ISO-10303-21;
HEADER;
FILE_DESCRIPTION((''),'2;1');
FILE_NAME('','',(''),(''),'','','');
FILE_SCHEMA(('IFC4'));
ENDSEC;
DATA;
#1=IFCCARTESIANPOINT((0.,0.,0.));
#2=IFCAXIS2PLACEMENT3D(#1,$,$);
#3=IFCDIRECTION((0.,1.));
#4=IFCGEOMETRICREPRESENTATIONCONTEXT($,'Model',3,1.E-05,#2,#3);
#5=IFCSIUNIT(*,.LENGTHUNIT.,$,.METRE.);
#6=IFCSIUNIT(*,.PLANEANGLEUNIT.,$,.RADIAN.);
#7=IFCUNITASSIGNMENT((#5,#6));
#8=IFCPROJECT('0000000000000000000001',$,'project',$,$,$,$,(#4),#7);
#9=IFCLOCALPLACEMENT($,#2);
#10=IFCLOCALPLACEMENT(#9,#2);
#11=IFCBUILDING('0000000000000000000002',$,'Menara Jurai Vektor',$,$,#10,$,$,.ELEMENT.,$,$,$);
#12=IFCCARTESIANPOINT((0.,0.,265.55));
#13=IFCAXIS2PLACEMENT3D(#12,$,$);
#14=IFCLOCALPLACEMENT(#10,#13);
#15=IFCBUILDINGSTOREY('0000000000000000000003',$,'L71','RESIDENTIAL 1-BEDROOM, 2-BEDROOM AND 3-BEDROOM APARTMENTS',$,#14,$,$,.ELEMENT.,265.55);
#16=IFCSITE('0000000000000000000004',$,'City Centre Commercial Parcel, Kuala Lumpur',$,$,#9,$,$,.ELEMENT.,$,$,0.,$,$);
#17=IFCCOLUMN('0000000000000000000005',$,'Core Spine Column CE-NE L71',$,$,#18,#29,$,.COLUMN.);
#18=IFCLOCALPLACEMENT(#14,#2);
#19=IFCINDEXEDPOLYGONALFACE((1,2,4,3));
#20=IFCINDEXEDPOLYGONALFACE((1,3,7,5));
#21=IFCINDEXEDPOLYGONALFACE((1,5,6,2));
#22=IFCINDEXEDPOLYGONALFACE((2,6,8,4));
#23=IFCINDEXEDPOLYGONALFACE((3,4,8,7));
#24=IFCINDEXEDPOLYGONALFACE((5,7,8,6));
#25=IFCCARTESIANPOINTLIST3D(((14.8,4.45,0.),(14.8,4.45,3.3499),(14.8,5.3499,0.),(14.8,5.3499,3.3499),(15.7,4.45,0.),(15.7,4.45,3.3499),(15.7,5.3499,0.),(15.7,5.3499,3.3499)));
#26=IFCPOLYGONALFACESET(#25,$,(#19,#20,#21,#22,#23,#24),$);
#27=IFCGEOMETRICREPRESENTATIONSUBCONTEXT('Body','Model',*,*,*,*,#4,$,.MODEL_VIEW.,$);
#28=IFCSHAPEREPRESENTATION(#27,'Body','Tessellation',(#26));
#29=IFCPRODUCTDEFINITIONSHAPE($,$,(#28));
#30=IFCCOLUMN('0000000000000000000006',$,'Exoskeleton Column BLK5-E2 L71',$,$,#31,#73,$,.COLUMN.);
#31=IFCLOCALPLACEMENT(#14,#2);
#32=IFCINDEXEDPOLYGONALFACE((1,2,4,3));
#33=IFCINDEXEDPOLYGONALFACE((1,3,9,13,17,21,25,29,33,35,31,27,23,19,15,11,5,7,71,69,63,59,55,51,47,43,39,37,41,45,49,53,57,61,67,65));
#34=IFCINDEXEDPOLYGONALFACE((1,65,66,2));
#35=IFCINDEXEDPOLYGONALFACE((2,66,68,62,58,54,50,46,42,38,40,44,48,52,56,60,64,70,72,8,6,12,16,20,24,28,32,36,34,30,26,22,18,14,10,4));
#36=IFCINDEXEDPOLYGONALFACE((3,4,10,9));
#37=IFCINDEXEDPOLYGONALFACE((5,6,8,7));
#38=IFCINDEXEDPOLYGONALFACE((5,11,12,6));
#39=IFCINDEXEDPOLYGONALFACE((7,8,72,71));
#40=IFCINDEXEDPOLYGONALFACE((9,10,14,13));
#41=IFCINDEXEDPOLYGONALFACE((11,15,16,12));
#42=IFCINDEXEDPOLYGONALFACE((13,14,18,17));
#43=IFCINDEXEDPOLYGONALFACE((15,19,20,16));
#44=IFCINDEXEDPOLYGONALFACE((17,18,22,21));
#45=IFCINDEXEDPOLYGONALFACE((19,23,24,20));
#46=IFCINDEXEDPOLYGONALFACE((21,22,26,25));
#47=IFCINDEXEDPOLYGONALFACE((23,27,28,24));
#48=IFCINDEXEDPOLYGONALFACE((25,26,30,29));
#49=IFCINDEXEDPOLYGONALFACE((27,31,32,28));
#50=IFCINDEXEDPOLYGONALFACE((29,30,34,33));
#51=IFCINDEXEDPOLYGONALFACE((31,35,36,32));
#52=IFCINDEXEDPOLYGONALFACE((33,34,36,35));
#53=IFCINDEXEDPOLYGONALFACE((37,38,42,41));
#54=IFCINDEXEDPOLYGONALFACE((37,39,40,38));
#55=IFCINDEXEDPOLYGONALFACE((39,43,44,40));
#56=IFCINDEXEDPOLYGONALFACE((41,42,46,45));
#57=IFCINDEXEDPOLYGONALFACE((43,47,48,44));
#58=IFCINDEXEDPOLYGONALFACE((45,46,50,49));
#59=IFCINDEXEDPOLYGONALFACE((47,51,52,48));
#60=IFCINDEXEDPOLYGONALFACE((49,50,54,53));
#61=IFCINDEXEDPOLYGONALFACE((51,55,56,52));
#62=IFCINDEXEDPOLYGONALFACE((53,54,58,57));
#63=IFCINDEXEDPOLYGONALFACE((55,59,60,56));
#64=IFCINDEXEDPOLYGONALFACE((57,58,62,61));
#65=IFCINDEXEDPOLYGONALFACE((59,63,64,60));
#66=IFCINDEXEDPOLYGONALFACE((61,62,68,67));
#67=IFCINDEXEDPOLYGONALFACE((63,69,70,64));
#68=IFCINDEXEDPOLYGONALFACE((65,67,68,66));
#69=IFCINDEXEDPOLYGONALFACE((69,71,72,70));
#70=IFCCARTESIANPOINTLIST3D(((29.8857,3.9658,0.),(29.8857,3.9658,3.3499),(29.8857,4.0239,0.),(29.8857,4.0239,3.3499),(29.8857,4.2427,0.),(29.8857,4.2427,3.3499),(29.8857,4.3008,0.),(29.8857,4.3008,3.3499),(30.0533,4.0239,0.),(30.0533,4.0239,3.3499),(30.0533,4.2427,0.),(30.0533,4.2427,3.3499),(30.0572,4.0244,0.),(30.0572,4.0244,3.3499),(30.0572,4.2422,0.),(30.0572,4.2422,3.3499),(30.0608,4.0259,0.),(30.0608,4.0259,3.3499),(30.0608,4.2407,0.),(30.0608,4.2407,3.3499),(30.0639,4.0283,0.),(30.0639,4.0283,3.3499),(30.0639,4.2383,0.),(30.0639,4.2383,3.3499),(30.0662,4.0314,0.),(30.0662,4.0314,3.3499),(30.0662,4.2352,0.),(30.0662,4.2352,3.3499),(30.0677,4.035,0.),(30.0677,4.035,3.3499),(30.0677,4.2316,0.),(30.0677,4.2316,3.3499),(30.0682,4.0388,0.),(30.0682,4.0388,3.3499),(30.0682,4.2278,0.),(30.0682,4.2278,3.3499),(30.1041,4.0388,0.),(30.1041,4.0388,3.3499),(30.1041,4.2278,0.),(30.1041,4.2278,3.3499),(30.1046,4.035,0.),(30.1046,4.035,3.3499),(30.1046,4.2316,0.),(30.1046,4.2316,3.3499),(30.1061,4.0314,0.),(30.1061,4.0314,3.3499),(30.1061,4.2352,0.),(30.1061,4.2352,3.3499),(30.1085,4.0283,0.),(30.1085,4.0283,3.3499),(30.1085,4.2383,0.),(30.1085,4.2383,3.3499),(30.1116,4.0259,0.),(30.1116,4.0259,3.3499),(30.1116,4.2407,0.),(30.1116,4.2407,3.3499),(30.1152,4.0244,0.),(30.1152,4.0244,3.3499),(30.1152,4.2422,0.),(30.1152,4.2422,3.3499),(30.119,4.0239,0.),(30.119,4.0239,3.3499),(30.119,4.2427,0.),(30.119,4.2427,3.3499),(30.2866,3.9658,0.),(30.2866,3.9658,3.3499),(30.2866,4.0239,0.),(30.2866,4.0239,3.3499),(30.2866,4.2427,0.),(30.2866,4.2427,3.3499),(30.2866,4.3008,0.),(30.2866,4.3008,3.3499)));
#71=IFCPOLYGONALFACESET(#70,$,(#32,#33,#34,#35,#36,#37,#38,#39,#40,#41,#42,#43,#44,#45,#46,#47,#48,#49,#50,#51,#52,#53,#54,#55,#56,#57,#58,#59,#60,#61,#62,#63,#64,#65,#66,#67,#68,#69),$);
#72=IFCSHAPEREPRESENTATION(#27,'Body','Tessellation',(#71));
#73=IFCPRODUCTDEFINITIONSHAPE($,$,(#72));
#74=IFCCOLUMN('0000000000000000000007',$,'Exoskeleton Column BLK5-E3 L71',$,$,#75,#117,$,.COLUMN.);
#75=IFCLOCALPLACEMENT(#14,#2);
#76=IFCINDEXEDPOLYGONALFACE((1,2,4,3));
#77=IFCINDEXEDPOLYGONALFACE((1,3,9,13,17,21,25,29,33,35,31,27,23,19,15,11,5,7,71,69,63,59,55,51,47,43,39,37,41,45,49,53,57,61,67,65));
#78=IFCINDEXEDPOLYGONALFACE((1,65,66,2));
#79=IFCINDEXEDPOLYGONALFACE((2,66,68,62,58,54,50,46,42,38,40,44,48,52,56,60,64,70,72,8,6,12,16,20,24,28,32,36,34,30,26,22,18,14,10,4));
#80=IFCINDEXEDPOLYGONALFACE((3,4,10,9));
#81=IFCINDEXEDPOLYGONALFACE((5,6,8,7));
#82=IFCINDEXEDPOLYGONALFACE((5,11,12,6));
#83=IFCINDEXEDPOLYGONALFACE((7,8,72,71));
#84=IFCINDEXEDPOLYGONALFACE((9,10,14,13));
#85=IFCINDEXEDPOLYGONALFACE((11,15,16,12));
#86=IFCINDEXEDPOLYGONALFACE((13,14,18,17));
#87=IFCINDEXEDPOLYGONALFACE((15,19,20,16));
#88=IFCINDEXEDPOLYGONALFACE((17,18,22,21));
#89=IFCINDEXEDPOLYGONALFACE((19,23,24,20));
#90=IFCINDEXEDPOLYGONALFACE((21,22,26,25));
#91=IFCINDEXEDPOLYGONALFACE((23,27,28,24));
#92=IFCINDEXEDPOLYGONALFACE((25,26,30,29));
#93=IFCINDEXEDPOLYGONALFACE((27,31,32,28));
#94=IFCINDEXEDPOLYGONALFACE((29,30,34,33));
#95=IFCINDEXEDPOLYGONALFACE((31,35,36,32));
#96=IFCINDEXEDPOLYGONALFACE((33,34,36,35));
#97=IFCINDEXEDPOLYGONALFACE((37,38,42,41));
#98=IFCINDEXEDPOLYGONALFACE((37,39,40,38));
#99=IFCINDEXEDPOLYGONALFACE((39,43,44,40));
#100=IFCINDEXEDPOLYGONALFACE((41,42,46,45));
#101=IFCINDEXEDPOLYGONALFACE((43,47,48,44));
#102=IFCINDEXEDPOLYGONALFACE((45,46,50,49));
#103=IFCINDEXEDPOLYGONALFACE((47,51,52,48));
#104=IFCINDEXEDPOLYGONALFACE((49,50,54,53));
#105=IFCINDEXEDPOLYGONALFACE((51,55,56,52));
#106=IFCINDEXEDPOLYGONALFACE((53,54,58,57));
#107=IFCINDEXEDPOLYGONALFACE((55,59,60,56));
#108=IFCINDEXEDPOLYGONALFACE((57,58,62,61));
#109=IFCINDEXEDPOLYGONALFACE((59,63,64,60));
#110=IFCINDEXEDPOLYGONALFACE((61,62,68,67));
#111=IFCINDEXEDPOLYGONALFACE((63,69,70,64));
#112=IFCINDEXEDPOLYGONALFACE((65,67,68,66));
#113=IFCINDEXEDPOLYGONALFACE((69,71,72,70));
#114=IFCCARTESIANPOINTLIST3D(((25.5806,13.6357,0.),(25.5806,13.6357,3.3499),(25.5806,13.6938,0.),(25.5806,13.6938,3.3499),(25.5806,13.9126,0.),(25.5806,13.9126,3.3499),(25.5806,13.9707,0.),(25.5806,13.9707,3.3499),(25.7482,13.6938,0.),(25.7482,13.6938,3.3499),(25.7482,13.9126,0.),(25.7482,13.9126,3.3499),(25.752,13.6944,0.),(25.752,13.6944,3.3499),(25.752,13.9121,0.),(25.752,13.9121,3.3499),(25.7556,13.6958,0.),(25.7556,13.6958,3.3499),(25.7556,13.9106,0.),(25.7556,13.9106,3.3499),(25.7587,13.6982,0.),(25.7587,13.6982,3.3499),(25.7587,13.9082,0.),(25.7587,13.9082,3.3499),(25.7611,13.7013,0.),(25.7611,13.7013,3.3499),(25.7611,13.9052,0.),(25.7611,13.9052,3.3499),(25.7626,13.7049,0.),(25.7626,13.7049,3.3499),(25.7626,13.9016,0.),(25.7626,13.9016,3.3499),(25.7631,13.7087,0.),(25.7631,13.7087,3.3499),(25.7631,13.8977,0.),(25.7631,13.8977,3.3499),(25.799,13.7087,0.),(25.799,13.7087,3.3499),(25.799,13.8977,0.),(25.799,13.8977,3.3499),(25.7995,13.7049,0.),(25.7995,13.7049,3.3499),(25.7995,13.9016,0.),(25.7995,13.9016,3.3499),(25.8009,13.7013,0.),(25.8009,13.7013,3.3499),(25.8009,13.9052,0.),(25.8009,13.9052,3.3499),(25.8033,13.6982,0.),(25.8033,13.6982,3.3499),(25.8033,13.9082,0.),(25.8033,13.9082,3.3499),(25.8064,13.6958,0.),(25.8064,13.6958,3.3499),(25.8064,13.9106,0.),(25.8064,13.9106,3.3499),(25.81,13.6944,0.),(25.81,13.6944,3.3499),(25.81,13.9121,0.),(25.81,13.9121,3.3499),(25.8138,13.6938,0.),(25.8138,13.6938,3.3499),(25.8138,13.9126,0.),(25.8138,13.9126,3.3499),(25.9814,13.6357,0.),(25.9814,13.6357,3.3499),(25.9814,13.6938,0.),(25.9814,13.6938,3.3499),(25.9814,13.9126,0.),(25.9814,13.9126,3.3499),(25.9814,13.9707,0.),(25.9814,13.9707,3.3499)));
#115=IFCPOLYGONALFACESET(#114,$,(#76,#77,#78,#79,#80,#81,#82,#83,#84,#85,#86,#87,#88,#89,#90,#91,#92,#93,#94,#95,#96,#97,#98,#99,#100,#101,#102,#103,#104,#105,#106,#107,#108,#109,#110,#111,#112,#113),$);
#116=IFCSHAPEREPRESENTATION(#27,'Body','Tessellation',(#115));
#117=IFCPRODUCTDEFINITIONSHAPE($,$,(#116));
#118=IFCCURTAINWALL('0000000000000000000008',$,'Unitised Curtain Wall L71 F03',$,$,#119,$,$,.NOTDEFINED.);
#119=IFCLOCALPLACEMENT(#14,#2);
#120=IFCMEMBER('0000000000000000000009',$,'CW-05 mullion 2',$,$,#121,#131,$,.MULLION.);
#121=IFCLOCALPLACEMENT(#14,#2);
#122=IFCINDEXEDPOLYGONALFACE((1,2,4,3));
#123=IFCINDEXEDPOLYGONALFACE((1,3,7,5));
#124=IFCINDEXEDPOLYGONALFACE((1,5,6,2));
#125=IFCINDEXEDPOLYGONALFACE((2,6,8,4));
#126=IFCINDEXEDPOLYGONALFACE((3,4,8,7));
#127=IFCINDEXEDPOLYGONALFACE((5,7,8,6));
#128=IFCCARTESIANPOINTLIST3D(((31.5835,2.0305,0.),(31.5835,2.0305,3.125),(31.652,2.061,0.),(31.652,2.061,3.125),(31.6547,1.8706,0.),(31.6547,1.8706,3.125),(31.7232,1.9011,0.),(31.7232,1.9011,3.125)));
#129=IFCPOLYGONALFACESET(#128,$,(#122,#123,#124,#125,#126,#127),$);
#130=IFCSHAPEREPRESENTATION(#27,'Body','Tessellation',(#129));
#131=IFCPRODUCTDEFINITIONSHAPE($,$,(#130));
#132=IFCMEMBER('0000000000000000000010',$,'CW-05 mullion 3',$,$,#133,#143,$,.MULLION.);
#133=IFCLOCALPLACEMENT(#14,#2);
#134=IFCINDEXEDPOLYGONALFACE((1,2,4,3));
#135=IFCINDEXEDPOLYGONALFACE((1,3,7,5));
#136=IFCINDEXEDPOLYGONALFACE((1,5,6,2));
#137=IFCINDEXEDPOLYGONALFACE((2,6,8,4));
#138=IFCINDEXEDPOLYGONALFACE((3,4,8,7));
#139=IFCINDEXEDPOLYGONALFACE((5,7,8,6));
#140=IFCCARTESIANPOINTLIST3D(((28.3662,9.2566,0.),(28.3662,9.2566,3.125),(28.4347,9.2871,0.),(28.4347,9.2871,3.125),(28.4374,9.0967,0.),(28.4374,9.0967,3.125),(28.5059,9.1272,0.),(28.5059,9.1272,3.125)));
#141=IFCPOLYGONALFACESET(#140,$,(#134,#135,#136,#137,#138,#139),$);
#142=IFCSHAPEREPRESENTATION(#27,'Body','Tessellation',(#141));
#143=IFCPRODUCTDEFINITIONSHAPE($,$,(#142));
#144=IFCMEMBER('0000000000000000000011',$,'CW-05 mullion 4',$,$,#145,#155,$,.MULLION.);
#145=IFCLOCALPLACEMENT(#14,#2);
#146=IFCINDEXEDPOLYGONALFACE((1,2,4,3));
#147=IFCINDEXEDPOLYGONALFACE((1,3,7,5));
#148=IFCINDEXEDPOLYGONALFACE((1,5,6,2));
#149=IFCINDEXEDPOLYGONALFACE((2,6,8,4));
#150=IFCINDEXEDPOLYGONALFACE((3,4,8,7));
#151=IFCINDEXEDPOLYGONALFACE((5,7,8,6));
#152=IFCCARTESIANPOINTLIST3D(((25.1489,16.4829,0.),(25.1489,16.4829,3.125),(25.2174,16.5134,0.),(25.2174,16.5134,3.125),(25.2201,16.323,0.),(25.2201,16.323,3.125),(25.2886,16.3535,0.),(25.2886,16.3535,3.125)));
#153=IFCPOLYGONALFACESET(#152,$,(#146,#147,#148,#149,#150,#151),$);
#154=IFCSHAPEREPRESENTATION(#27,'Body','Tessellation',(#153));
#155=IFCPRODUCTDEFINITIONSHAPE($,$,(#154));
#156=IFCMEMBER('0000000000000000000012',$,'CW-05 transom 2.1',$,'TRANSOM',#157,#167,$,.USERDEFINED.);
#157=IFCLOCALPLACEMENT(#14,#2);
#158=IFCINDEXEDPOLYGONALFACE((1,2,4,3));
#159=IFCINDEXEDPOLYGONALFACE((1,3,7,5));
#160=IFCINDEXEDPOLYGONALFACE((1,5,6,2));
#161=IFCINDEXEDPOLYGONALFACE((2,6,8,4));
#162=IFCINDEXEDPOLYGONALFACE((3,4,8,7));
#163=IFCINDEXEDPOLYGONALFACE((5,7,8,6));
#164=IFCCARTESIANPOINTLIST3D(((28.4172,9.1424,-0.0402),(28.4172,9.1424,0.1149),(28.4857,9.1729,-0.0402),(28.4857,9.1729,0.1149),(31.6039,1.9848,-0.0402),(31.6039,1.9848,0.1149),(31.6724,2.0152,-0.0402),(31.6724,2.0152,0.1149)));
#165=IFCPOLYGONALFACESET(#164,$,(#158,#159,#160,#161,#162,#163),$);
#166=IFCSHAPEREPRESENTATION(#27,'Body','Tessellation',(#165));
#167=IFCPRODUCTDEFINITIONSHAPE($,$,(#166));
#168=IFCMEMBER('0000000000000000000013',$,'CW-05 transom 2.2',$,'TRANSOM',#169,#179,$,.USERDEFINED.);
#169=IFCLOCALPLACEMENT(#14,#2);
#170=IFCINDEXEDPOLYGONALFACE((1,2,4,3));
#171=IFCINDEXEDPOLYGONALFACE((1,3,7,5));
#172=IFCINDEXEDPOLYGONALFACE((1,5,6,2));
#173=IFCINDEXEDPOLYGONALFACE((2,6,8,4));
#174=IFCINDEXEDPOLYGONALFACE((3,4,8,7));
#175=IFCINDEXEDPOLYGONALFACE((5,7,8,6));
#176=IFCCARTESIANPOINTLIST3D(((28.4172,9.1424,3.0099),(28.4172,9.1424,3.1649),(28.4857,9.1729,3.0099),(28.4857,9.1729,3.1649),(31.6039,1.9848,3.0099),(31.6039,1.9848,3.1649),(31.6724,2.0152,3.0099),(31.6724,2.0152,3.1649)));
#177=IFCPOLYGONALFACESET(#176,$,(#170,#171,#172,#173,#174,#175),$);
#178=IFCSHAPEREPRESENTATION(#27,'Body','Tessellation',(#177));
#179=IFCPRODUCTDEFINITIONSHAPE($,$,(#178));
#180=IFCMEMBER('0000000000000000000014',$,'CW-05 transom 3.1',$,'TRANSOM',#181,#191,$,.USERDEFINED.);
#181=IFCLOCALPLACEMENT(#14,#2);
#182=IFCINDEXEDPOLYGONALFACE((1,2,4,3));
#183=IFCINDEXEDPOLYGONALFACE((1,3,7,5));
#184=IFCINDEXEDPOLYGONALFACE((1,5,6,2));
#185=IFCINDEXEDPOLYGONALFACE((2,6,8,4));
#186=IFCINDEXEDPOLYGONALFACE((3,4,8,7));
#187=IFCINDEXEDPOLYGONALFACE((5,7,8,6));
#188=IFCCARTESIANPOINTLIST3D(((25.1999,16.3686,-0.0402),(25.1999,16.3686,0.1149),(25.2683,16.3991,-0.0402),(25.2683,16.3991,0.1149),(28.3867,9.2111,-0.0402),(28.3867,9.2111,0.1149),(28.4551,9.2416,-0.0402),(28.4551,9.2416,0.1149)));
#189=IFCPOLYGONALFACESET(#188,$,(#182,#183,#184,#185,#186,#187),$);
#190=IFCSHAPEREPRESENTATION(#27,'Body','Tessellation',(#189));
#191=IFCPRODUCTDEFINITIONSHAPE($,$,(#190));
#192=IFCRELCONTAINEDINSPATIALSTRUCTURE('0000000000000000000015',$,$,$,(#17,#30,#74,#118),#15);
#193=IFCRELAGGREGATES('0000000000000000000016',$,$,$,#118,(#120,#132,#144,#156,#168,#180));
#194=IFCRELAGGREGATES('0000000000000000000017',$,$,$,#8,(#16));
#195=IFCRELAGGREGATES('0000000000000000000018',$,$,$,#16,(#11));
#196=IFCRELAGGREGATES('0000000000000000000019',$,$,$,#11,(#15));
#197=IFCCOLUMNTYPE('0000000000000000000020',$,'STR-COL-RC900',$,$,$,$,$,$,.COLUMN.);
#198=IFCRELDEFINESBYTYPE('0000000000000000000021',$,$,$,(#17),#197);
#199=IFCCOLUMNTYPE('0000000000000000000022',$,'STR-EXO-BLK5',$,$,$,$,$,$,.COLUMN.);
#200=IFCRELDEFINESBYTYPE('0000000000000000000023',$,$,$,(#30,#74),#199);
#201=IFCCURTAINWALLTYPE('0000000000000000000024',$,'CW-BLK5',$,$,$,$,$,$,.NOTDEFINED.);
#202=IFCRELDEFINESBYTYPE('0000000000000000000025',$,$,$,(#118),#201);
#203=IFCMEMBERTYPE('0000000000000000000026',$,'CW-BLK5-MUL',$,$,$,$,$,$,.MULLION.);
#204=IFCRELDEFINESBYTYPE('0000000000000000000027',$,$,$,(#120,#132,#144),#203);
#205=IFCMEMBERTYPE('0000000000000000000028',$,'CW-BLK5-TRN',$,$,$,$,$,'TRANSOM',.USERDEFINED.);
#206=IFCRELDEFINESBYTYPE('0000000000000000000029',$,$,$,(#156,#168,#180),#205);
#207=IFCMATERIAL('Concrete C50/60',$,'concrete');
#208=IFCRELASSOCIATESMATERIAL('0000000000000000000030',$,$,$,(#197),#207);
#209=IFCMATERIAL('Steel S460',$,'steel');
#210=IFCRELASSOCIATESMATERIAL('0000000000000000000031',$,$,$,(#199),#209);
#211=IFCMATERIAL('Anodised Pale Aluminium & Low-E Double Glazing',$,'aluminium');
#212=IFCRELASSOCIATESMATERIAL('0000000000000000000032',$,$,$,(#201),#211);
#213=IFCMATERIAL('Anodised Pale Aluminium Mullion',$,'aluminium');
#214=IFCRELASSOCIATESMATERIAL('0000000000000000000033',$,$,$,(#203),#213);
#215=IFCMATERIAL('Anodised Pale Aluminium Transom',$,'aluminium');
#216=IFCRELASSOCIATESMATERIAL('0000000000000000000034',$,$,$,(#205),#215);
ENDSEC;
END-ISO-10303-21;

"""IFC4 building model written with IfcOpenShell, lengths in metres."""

from ifc_helpers import new_model, si_unit, direction, frame, origin, origin_2d, place, context, subcontext, project, spatial, rectangle, i_section, extrude, material, material_profile, profile_set, type_object, element, aggregate, save


model = new_model("IFC4")

# Units and contexts
model_context = context("Model", 3, precision=1e-05, world=origin(), true_north=direction((0.0, 1.0)))
body_context = subcontext(model_context, "Body", "Model", "MODEL_VIEW")
ifc_project = project(units=[si_unit("LENGTHUNIT", "METRE"), si_unit("PLANEANGLEUNIT", "RADIAN")], contexts=[model_context])

# Site, building, storey
site_placement = place(None, origin())
site = spatial("IfcSite", under=ifc_project, at=site_placement, Name="City Centre Commercial Parcel, Kuala Lumpur", CompositionType="ELEMENT", RefElevation=0.0)
building_placement = place(site_placement, origin())
building = spatial("IfcBuilding", under=site, at=building_placement, Name="Menara Jurai Vektor", CompositionType="ELEMENT")
storey_placement = place(building_placement, frame((0.0, 0.0, 265.55)))
storey = spatial("IfcBuildingStorey", under=building, at=storey_placement, Name="L71", Description="RESIDENTIAL 1-BEDROOM, 2-BEDROOM AND 3-BEDROOM APARTMENTS", CompositionType="ELEMENT", Elevation=265.55)

# Columns
ifc_material_1 = material(Name="Concrete C50/60", Category="concrete")
ifc_material_profile_1 = material_profile(ifc_material_1, rectangle(XDim=0.8999, YDim=0.8999, at=origin_2d()), Name="RC 900x900")
ifc_profile_set_1 = profile_set([ifc_material_profile_1], Name="Concrete C50/60")
column_type_1 = type_object("IfcColumnType", Name="STR-COL-RC900", PredefinedType="COLUMN", material=ifc_profile_set_1)
column_placement = place(storey_placement, frame((15.25, 4.8999, 0.0), z_axis=(0.0, 0.0, 1.0), x_axis=(1.0, 0.0, 0.0)))
element("IfcColumn", 1, at=column_placement, inside=storey, type_object=column_type_1, Name="Core Spine Column CE-NE L71", PredefinedType="COLUMN", context=body_context, shape_type="SweptSolid", body=[
    extrude(rectangle(XDim=0.8999, YDim=0.8999, at=origin_2d()), origin(), (0.0, 0.0, 1.0), 3.3499),
])
ifc_material_2 = material(Name="Steel S460", Category="steel")
ifc_material_profile_2 = material_profile(ifc_material_2, i_section(OverallWidth=0.4009, OverallDepth=0.335, WebThickness=0.0359, FlangeThickness=0.0581, FilletRadius=0.0149, at=origin_2d()), Name="HD 400x463")
ifc_profile_set_2 = profile_set([ifc_material_profile_2], Name="Steel S460")
column_type_2 = type_object("IfcColumnType", Name="STR-EXO-BLK5", PredefinedType="COLUMN", material=ifc_profile_set_2)
for number, where, z_axis, x_axis, name in (
    (2, (30.0862, 4.1333, 0.0), (0.0, 0.0, 1.0), (1.0, 0.0, 0.0), "Exoskeleton Column BLK5-E2 L71"),
    (3, (25.781, 13.8032, 0.0), (0.0, 0.0, 1.0), (1.0, 0.0, 0.0), "Exoskeleton Column BLK5-E3 L71"),
):
    element("IfcColumn", number, at=place(storey_placement, frame(where, z_axis=z_axis, x_axis=x_axis)), inside=storey, type_object=column_type_2, Name=name, PredefinedType="COLUMN", context=body_context, shape_type="SweptSolid", body=[
        extrude(i_section(OverallWidth=0.4009, OverallDepth=0.335, WebThickness=0.0359, FlangeThickness=0.0581, FilletRadius=0.0149, at=origin_2d()), origin(), (0.0, 0.0, 1.0), 3.3499),
    ])

# Curtain wall, members
ifc_material_3 = material(Name="Anodised Pale Aluminium & Low-E Double Glazing", Category="aluminium")
curtain_wall_type = type_object("IfcCurtainWallType", Name="CW-BLK5", PredefinedType="NOTDEFINED", material=ifc_material_3)
curtain_wall_placement = place(storey_placement, origin())
curtain_wall = element("IfcCurtainWall", 4, at=curtain_wall_placement, inside=storey, type_object=curtain_wall_type, Name="Unitised Curtain Wall L71 F03", PredefinedType="NOTDEFINED")
ifc_material_4 = material(Name="Anodised Pale Aluminium Mullion", Category="aluminium")
ifc_material_profile_3 = material_profile(ifc_material_4, rectangle(XDim=0.075, YDim=0.175, at=origin_2d()), Name="ALU MUL 75x175")
ifc_profile_set_3 = profile_set([ifc_material_profile_3], Name="Anodised Pale Aluminium Mullion")
member_type_1 = type_object("IfcMemberType", Name="CW-BLK5-MUL", PredefinedType="MULLION", material=ifc_profile_set_3)
member_1_placement = place(storey_placement, frame((31.6533, 1.9658, 0.0), z_axis=(0.0, 0.0, 1.0), x_axis=(-0.913546, -0.406735, 0.0)))
member_1 = element("IfcMember", 5, at=member_1_placement, type_object=member_type_1, Name="CW-05 mullion 2", PredefinedType="MULLION", context=body_context, shape_type="SweptSolid", body=[
    extrude(rectangle(XDim=0.075, YDim=0.175, at=origin_2d()), origin(), (0.0, 0.0, 1.0), 3.125),
])
member_2_placement = place(storey_placement, frame((28.436, 9.1919, 0.0), z_axis=(0.0, 0.0, 1.0), x_axis=(-0.913546, -0.406735, 0.0)))
member_2 = element("IfcMember", 6, at=member_2_placement, type_object=member_type_1, Name="CW-05 mullion 3", PredefinedType="MULLION", context=body_context, shape_type="SweptSolid", body=[
    extrude(rectangle(XDim=0.075, YDim=0.175, at=origin_2d()), origin(), (0.0, 0.0, 1.0), 3.125),
])
member_3_placement = place(storey_placement, frame((25.2188, 16.4182, 0.0), z_axis=(0.0, 0.0, 1.0), x_axis=(-0.913546, -0.406735, 0.0)))
member_3 = element("IfcMember", 7, at=member_3_placement, type_object=member_type_1, Name="CW-05 mullion 4", PredefinedType="MULLION", context=body_context, shape_type="SweptSolid", body=[
    extrude(rectangle(XDim=0.075, YDim=0.175, at=origin_2d()), origin(), (0.0, 0.0, 1.0), 3.125),
])
ifc_material_5 = material(Name="Anodised Pale Aluminium Transom", Category="aluminium")
ifc_material_profile_4 = material_profile(ifc_material_5, rectangle(XDim=0.075, YDim=0.155, at=origin_2d()), Name="ALU TRN 75x155")
ifc_profile_set_4 = profile_set([ifc_material_profile_4], Name="Anodised Pale Aluminium Transom")
member_type_2 = type_object("IfcMemberType", Name="CW-BLK5-TRN", ElementType="TRANSOM", PredefinedType="USERDEFINED", material=ifc_profile_set_4)
member_4_placement = place(storey_placement, frame((31.6382, 2.0, 0.0374), z_axis=(-0.406731, 0.913548, 0.0), x_axis=(-0.913548, -0.406731, 0.0)))
member_4 = element("IfcMember", 8, at=member_4_placement, type_object=member_type_2, Name="CW-05 transom 2.1", ObjectType="TRANSOM", PredefinedType="USERDEFINED", context=body_context, shape_type="SweptSolid", body=[
    extrude(rectangle(XDim=0.075, YDim=0.155, at=origin_2d()), origin(), (0.0, 0.0, 1.0), 7.835),
])
member_5_placement = place(storey_placement, frame((31.6382, 2.0, 3.0874), z_axis=(-0.406731, 0.913548, 0.0), x_axis=(-0.913548, -0.406731, 0.0)))
member_5 = element("IfcMember", 9, at=member_5_placement, type_object=member_type_2, Name="CW-05 transom 2.2", ObjectType="TRANSOM", PredefinedType="USERDEFINED", context=body_context, shape_type="SweptSolid", body=[
    extrude(rectangle(XDim=0.075, YDim=0.155, at=origin_2d()), origin(), (0.0, 0.0, 1.0), 7.835),
])
member_6_placement = place(storey_placement, frame((28.4209, 9.2263, 0.0374), z_axis=(-0.406743, 0.913543, 0.0), x_axis=(-0.913543, -0.406743, 0.0)))
member_6 = element("IfcMember", 10, at=member_6_placement, type_object=member_type_2, Name="CW-05 transom 3.1", ObjectType="TRANSOM", PredefinedType="USERDEFINED", context=body_context, shape_type="SweptSolid", body=[
    extrude(rectangle(XDim=0.075, YDim=0.155, at=origin_2d()), origin(), (0.0, 0.0, 1.0), 7.835),
])

aggregate(curtain_wall, [member_1, member_2, member_3, member_4, member_5, member_6])

save(model, "model.ifc")
